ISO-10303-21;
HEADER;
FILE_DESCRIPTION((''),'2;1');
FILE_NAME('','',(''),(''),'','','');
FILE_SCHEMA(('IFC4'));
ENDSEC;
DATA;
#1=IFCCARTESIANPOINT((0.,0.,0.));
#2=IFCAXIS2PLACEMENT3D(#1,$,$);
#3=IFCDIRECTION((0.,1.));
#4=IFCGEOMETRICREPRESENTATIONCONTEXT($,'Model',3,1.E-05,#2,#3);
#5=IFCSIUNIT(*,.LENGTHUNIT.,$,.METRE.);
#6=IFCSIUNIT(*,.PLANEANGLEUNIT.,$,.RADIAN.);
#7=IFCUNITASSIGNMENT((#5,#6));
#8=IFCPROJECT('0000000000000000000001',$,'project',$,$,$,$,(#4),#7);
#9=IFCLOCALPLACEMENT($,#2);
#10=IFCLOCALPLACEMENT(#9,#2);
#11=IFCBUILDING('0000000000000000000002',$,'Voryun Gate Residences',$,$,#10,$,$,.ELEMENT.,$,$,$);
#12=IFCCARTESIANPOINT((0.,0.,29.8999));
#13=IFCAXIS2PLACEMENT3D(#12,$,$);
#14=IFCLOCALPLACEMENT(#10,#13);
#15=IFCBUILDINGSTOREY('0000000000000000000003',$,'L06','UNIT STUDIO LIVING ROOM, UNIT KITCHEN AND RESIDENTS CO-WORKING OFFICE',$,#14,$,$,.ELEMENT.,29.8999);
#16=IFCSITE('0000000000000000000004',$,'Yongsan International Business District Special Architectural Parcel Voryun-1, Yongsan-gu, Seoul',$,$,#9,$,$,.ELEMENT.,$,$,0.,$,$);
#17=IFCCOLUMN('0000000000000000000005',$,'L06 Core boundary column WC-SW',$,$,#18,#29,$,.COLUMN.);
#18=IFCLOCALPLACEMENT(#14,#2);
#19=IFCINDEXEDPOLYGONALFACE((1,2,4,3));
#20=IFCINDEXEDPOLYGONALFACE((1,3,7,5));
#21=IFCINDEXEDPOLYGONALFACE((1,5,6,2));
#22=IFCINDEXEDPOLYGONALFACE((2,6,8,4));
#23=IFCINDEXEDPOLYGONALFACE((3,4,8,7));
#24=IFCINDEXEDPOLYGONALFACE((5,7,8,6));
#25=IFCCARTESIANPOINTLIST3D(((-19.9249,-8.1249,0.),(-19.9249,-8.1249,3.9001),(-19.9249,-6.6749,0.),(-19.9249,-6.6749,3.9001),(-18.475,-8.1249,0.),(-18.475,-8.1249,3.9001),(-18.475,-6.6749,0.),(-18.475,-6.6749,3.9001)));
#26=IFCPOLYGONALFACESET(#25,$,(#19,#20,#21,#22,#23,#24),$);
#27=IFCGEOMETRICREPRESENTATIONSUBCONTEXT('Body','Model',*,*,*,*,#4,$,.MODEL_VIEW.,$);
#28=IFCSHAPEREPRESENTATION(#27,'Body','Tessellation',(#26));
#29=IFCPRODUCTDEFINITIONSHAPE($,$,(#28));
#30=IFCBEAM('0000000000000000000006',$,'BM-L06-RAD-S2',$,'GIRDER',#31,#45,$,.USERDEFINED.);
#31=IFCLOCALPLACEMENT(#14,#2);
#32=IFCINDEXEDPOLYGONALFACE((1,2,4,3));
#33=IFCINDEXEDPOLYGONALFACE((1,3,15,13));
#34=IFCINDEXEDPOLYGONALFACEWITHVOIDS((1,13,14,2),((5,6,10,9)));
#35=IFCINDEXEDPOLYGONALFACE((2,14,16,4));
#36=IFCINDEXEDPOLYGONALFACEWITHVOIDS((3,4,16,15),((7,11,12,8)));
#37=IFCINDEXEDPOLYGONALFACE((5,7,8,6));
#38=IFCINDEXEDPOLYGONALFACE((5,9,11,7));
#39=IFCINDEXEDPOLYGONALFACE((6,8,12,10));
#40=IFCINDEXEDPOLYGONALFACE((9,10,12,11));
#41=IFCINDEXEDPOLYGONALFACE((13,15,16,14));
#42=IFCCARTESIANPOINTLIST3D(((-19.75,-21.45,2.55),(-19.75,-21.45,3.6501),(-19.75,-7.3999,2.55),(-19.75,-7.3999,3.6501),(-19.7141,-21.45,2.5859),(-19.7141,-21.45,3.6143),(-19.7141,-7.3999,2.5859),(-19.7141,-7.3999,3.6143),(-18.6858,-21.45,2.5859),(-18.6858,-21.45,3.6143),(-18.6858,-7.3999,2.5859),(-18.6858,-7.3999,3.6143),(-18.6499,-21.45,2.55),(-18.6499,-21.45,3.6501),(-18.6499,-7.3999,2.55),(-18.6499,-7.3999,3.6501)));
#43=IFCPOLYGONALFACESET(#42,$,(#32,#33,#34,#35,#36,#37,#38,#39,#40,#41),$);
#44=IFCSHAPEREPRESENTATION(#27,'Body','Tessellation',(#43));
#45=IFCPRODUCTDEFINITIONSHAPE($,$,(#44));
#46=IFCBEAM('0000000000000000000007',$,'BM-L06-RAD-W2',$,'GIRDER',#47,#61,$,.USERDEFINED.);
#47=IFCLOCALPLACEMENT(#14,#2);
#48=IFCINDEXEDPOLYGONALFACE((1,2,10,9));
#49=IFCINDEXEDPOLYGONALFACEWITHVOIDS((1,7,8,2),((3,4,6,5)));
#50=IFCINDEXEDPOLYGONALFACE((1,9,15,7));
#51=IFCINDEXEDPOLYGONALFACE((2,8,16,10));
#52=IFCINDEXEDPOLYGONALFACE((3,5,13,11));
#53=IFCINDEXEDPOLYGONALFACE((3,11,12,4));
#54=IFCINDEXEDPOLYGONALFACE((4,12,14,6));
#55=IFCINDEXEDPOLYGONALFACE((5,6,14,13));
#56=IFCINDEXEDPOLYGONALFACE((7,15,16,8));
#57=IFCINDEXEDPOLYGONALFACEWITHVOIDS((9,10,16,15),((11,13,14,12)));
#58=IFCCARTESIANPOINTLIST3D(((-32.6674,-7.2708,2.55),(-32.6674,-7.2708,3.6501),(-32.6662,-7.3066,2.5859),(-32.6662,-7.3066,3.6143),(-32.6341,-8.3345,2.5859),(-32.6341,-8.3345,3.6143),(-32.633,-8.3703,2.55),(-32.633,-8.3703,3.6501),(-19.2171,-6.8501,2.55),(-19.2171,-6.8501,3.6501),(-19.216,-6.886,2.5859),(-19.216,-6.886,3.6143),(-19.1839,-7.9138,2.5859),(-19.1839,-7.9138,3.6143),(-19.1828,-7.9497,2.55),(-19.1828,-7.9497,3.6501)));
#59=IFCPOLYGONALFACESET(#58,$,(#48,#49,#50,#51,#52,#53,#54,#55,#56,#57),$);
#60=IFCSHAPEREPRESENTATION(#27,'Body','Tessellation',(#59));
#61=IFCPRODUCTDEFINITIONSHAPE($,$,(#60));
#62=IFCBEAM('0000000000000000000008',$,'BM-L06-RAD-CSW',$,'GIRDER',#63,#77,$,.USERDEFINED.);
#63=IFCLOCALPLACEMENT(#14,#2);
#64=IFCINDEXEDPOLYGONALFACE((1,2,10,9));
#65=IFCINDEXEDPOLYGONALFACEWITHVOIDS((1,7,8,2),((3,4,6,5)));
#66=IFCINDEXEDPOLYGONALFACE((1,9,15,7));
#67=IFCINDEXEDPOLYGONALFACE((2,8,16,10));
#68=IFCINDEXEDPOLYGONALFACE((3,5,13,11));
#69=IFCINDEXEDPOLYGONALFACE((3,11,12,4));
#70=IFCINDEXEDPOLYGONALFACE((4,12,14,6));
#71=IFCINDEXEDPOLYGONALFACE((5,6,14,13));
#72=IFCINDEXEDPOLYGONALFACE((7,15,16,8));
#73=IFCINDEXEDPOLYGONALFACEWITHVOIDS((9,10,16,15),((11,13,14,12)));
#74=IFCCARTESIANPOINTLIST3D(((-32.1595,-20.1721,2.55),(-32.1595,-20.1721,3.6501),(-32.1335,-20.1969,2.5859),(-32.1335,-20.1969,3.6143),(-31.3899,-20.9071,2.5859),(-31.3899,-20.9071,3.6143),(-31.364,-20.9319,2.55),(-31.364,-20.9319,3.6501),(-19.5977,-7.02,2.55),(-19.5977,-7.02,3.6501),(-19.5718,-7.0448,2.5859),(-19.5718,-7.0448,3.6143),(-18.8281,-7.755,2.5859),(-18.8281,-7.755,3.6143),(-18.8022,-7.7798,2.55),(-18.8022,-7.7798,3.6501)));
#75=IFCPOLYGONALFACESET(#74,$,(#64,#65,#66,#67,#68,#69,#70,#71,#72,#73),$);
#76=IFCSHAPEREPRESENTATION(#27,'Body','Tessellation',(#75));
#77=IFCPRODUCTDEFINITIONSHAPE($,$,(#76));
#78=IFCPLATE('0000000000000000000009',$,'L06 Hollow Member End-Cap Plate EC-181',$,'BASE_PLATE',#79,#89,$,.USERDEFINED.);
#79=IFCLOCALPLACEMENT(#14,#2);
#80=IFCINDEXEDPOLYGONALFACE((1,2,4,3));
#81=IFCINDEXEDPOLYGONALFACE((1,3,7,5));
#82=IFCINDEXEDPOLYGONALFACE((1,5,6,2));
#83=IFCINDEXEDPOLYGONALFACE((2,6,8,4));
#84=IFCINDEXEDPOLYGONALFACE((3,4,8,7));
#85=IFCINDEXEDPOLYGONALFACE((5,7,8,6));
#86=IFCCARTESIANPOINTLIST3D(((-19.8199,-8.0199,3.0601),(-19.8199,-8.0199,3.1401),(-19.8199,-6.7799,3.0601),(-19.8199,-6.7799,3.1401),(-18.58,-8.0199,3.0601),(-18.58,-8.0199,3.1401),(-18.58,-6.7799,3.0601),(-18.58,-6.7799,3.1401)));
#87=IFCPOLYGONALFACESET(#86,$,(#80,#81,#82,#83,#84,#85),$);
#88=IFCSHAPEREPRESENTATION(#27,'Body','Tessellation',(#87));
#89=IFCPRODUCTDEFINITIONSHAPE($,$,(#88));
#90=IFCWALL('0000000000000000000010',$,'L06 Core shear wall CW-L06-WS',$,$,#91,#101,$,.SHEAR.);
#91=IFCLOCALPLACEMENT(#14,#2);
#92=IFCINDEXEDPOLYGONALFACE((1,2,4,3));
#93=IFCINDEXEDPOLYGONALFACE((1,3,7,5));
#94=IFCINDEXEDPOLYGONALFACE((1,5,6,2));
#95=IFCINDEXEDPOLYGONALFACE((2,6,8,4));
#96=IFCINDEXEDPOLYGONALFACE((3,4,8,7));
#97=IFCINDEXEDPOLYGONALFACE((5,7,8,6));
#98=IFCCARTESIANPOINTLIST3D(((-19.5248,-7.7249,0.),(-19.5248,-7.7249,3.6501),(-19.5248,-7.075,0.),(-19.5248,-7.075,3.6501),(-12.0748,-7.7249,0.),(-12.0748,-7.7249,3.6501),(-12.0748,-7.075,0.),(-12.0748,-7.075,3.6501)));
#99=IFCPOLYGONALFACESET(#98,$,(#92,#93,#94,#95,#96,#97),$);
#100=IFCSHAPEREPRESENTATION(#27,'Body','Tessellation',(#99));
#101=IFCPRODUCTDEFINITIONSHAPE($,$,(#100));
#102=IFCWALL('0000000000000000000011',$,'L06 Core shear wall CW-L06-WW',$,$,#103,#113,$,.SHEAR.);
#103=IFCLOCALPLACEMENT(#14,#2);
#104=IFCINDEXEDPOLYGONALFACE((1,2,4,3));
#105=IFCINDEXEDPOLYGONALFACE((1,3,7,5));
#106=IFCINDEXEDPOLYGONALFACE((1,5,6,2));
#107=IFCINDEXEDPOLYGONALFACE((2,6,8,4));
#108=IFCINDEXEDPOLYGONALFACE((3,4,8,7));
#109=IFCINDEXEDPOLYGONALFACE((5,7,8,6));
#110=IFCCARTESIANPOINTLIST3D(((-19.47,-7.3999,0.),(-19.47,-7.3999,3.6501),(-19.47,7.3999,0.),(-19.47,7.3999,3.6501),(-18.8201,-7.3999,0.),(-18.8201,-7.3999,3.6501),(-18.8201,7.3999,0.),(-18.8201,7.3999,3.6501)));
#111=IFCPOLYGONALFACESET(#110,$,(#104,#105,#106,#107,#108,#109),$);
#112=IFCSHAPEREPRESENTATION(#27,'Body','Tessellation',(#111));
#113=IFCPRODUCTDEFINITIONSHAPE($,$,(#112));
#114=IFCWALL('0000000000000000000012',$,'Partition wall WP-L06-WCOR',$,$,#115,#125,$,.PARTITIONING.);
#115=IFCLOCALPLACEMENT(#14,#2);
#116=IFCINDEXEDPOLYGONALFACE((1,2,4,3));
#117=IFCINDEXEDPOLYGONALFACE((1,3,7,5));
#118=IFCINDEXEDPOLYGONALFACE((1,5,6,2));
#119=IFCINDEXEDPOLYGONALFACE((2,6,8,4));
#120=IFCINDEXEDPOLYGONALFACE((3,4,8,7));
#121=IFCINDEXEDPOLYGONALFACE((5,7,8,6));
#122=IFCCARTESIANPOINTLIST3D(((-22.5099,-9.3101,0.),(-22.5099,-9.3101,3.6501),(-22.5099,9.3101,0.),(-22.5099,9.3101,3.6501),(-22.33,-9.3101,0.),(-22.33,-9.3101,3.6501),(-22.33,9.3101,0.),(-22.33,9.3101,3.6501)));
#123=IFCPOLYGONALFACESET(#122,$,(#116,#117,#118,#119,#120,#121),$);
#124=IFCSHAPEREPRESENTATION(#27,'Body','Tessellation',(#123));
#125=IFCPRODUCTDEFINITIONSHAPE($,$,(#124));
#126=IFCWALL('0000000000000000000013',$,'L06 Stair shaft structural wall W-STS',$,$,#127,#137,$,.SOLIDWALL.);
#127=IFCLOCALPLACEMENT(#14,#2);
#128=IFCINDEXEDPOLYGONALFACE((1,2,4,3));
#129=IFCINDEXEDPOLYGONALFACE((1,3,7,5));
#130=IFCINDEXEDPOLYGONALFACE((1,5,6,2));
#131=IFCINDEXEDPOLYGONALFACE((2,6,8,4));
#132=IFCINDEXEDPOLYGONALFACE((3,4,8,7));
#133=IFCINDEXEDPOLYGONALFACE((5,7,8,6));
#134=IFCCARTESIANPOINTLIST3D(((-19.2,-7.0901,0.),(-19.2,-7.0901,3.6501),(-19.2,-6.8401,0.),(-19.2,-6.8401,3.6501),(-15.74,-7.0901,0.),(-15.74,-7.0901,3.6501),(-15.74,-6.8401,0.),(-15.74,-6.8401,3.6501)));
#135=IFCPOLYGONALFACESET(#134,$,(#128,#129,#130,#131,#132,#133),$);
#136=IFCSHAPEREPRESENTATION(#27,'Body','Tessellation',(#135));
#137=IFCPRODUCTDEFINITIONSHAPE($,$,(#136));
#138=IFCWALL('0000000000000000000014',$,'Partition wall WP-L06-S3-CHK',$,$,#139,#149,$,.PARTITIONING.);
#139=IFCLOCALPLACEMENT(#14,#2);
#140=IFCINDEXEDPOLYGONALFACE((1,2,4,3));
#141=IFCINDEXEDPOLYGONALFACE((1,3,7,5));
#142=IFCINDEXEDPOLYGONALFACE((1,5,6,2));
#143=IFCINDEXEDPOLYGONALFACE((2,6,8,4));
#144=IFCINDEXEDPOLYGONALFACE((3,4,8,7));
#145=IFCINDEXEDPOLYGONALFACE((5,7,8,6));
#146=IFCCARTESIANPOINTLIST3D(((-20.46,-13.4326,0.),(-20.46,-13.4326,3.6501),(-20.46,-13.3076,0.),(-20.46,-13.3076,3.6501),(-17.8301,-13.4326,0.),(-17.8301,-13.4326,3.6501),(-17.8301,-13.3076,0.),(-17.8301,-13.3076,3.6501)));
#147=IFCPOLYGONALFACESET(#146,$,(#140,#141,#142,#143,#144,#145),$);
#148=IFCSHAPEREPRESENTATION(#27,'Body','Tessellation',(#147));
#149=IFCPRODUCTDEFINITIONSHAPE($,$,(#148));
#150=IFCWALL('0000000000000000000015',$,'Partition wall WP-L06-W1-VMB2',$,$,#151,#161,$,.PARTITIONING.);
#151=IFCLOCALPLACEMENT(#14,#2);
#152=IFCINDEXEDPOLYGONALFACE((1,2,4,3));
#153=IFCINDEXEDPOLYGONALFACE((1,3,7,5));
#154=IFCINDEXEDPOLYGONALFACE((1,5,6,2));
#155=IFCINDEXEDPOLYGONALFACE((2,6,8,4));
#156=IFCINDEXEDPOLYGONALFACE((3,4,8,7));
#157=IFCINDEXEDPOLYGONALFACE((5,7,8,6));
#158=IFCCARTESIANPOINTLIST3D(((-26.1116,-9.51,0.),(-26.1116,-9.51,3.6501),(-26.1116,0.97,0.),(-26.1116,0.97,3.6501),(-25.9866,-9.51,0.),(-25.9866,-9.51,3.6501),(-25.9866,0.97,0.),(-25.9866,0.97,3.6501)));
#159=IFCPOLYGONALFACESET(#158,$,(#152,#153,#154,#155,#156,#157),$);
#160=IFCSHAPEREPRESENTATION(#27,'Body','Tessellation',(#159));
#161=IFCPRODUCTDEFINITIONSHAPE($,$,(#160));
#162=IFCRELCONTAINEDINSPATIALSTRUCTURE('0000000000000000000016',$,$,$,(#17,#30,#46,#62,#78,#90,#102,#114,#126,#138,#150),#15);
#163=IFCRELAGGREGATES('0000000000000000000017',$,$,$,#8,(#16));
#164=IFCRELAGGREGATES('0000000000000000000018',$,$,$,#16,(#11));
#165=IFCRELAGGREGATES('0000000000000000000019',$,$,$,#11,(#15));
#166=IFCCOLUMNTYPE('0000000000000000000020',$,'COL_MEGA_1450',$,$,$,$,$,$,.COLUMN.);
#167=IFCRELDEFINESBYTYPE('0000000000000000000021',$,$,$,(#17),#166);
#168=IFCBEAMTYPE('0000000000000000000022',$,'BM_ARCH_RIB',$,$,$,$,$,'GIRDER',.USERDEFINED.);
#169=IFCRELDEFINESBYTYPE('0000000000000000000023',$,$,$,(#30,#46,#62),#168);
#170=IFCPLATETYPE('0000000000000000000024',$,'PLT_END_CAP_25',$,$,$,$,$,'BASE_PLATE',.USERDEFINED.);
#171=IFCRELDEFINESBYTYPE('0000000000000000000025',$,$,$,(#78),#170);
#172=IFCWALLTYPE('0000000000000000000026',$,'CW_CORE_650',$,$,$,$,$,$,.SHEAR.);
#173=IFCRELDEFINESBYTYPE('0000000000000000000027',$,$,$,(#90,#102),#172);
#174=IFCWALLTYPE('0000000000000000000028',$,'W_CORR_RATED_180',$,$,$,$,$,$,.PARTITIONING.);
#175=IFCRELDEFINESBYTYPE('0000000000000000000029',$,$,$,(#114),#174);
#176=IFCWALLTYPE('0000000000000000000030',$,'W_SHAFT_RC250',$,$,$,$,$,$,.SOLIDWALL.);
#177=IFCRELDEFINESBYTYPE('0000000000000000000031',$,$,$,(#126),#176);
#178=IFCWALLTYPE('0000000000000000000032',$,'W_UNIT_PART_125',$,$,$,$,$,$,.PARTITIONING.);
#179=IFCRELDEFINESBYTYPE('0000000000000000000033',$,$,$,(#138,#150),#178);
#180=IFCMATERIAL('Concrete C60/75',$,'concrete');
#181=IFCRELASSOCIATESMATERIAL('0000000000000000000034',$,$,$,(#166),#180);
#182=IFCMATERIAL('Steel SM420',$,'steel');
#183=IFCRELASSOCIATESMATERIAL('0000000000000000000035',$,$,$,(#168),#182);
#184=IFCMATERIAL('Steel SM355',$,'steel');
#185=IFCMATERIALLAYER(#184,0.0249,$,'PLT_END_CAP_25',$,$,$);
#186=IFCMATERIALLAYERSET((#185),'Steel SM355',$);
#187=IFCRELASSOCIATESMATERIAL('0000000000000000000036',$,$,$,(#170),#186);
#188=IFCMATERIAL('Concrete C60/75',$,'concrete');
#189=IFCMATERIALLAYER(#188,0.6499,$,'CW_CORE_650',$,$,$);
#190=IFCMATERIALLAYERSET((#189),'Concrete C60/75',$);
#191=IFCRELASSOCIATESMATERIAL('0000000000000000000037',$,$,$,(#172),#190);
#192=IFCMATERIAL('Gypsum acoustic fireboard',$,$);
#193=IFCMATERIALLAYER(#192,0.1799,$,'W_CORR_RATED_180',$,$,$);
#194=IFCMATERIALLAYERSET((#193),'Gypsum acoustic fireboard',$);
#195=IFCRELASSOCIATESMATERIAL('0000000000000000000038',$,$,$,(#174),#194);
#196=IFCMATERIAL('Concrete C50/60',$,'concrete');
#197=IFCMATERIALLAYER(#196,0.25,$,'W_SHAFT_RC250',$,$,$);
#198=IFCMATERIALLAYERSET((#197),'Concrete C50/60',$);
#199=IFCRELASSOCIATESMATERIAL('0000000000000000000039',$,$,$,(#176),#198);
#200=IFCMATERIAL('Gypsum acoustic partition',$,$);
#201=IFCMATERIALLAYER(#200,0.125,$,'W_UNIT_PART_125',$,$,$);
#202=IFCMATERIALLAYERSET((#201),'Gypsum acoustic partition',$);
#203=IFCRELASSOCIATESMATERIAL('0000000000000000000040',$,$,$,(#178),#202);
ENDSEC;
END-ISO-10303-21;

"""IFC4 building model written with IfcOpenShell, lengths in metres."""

from ifc_helpers import new_model, si_unit, direction, frame, frame_2d, origin, origin_2d, place, context, subcontext, project, spatial, rectangle, hollow_rectangle, extrude, material, layer, layer_set, material_profile, profile_set, type_object, element, save


model = new_model("IFC4")

# Units and contexts
model_context = context("Model", 3, precision=1e-05, world=origin(), true_north=direction((0.0, 1.0)))
body_context = subcontext(model_context, "Body", "Model", "MODEL_VIEW")
ifc_project = project(units=[si_unit("LENGTHUNIT", "METRE"), si_unit("PLANEANGLEUNIT", "RADIAN")], contexts=[model_context])

# Site, building, storey
site_placement = place(None, origin())
site = spatial("IfcSite", under=ifc_project, at=site_placement, Name="Yongsan International Business District Special Architectural Parcel Voryun-1, Yongsan-gu, Seoul", CompositionType="ELEMENT", RefElevation=0.0)
building_placement = place(site_placement, origin())
building = spatial("IfcBuilding", under=site, at=building_placement, Name="Voryun Gate Residences", CompositionType="ELEMENT")
storey_placement = place(building_placement, frame((0.0, 0.0, 29.8999)))
storey = spatial("IfcBuildingStorey", under=building, at=storey_placement, Name="L06", Description="UNIT STUDIO LIVING ROOM, UNIT KITCHEN AND RESIDENTS CO-WORKING OFFICE", CompositionType="ELEMENT", Elevation=29.8999)

# Column
ifc_material_1 = material(Name="Concrete C60/75", Category="concrete")
ifc_material_profile_1 = material_profile(ifc_material_1, rectangle(XDim=1.45, YDim=1.45, at=origin_2d()), Name="RC-1450x1450")
ifc_profile_set_1 = profile_set([ifc_material_profile_1], Name="Concrete C60/75")
column_type = type_object("IfcColumnType", Name="COL_MEGA_1450", PredefinedType="COLUMN", material=ifc_profile_set_1)
column_placement = place(storey_placement, frame((-19.2, -7.3999, 0.0), z_axis=(0.0, 0.0, 1.0), x_axis=(1.0, 0.0, 0.0)))
element("IfcColumn", 1, at=column_placement, inside=storey, type_object=column_type, Name="L06 Core boundary column WC-SW", PredefinedType="COLUMN", context=body_context, shape_type="SweptSolid", body=[
    extrude(rectangle(XDim=1.45, YDim=1.45, at=origin_2d()), origin(), (0.0, 0.0, 1.0), 3.9001),
])

# Beams
ifc_material_2 = material(Name="Steel SM420", Category="steel")
ifc_material_profile_2 = material_profile(ifc_material_2, hollow_rectangle(XDim=1.1001, YDim=1.1001, WallThickness=0.0359, at=origin_2d()), Name="BOX-1100x1100x36")
ifc_profile_set_2 = profile_set([ifc_material_profile_2], Name="Steel SM420")
beam_type = type_object("IfcBeamType", Name="BM_ARCH_RIB", ElementType="GIRDER", PredefinedType="USERDEFINED", material=ifc_profile_set_2)
beam_1_placement = place(storey_placement, frame((-19.2, -7.3999, 3.1001), z_axis=(0.0, -1.0, 0.0), x_axis=(1.0, 0.0, 0.0)))
element("IfcBeam", 2, at=beam_1_placement, inside=storey, type_object=beam_type, Name="BM-L06-RAD-S2", ObjectType="GIRDER", PredefinedType="USERDEFINED", context=body_context, shape_type="SweptSolid", body=[
    extrude(hollow_rectangle(XDim=1.1001, YDim=1.1001, WallThickness=0.0359, at=origin_2d()), origin(), (0.0, 0.0, 1.0), 14.05),
])
beam_2_placement = place(storey_placement, frame((-19.2, -7.3999, 3.1001), z_axis=(-0.999511, -0.03126, 0.0), x_axis=(0.03126, -0.999511, 0.0)))
element("IfcBeam", 3, at=beam_2_placement, inside=storey, type_object=beam_type, Name="BM-L06-RAD-W2", ObjectType="GIRDER", PredefinedType="USERDEFINED", context=body_context, shape_type="SweptSolid", body=[
    extrude(hollow_rectangle(XDim=1.1001, YDim=1.1001, WallThickness=0.0359, at=origin_2d()), origin(), (0.0, 0.0, 1.0), 13.4568),
])
beam_3_placement = place(storey_placement, frame((-19.2, -7.3999, 3.1001), z_axis=(-0.690691, -0.72315, 0.0), x_axis=(0.72315, -0.690691, 0.0)))
element("IfcBeam", 4, at=beam_3_placement, inside=storey, type_object=beam_type, Name="BM-L06-RAD-CSW", ObjectType="GIRDER", PredefinedType="USERDEFINED", context=body_context, shape_type="SweptSolid", body=[
    extrude(hollow_rectangle(XDim=1.1001, YDim=1.1001, WallThickness=0.0359, at=origin_2d()), origin(), (0.0, 0.0, 1.0), 18.1873),
])

# Plate
ifc_material_3 = material(Name="Steel SM355", Category="steel")
ifc_layer_1 = layer(ifc_material_3, 0.0249, Name="PLT_END_CAP_25")
ifc_layer_set_1 = layer_set([ifc_layer_1], Name="Steel SM355")
plate_type = type_object("IfcPlateType", Name="PLT_END_CAP_25", ElementType="BASE_PLATE", PredefinedType="USERDEFINED", material=ifc_layer_set_1)
plate_placement = place(storey_placement, frame((-19.2, -7.3999, 3.0601), z_axis=(0.0, 0.0, 1.0), x_axis=(1.0, 0.0, 0.0)))
element("IfcPlate", 5, at=plate_placement, inside=storey, type_object=plate_type, Name="L06 Hollow Member End-Cap Plate EC-181", ObjectType="BASE_PLATE", PredefinedType="USERDEFINED", context=body_context, shape_type="SweptSolid", body=[
    extrude(rectangle(XDim=1.24, YDim=1.24, at=origin_2d()), origin(), (0.0, 0.0, 1.0), 0.0801),
])

# Walls
ifc_material_4 = material(Name="Concrete C60/75", Category="concrete")
ifc_layer_2 = layer(ifc_material_4, 0.6499, Name="CW_CORE_650")
ifc_layer_set_2 = layer_set([ifc_layer_2], Name="Concrete C60/75")
wall_type_1 = type_object("IfcWallType", Name="CW_CORE_650", PredefinedType="SHEAR", material=ifc_layer_set_2)
wall_1_placement = place(storey_placement, frame((-19.5249, -7.3999, 0.0), z_axis=(0.0, 0.0, 1.0), x_axis=(1.0, 0.0, 0.0)))
element("IfcWall", 6, at=wall_1_placement, inside=storey, type_object=wall_type_1, Name="L06 Core shear wall CW-L06-WS", PredefinedType="SHEAR", context=body_context, shape_type="SweptSolid", body=[
    extrude(rectangle(XDim=7.45, YDim=0.6499, at=frame_2d((3.7251, 0.0))), origin(), (0.0, 0.0, 1.0), 3.6501),
])
wall_2_placement = place(storey_placement, frame((-19.145, -7.3999, 0.0), z_axis=(0.0, 0.0, 1.0), x_axis=(0.0, 1.0, 0.0)))
element("IfcWall", 7, at=wall_2_placement, inside=storey, type_object=wall_type_1, Name="L06 Core shear wall CW-L06-WW", PredefinedType="SHEAR", context=body_context, shape_type="SweptSolid", body=[
    extrude(rectangle(XDim=14.7998, YDim=0.6499, at=frame_2d((7.3999, 0.0))), origin(), (0.0, 0.0, 1.0), 3.6501),
])
ifc_material_5 = material(Name="Gypsum acoustic fireboard")
ifc_layer_3 = layer(ifc_material_5, 0.1799, Name="W_CORR_RATED_180")
ifc_layer_set_3 = layer_set([ifc_layer_3], Name="Gypsum acoustic fireboard")
wall_type_2 = type_object("IfcWallType", Name="W_CORR_RATED_180", PredefinedType="PARTITIONING", material=ifc_layer_set_3)
wall_3_placement = place(storey_placement, frame((-22.4199, -9.3101, 0.0), z_axis=(0.0, 0.0, 1.0), x_axis=(0.0, 1.0, 0.0)))
element("IfcWall", 8, at=wall_3_placement, inside=storey, type_object=wall_type_2, Name="Partition wall WP-L06-WCOR", PredefinedType="PARTITIONING", context=body_context, shape_type="SweptSolid", body=[
    extrude(rectangle(XDim=18.6201, YDim=0.1799, at=frame_2d((9.3101, 0.0))), origin(), (0.0, 0.0, 1.0), 3.6501),
])
ifc_material_6 = material(Name="Concrete C50/60", Category="concrete")
ifc_layer_4 = layer(ifc_material_6, 0.25, Name="W_SHAFT_RC250")
ifc_layer_set_4 = layer_set([ifc_layer_4], Name="Concrete C50/60")
wall_type_3 = type_object("IfcWallType", Name="W_SHAFT_RC250", PredefinedType="SOLIDWALL", material=ifc_layer_set_4)
wall_4_placement = place(storey_placement, frame((-19.2, -6.9651, 0.0), z_axis=(0.0, 0.0, 1.0), x_axis=(1.0, 0.0, 0.0)))
element("IfcWall", 9, at=wall_4_placement, inside=storey, type_object=wall_type_3, Name="L06 Stair shaft structural wall W-STS", PredefinedType="SOLIDWALL", context=body_context, shape_type="SweptSolid", body=[
    extrude(rectangle(XDim=3.46, YDim=0.25, at=frame_2d((1.73, 0.0))), origin(), (0.0, 0.0, 1.0), 3.6501),
])
ifc_material_7 = material(Name="Gypsum acoustic partition")
ifc_layer_5 = layer(ifc_material_7, 0.125, Name="W_UNIT_PART_125")
ifc_layer_set_5 = layer_set([ifc_layer_5], Name="Gypsum acoustic partition")
wall_type_4 = type_object("IfcWallType", Name="W_UNIT_PART_125", PredefinedType="PARTITIONING", material=ifc_layer_set_5)
wall_5_placement = place(storey_placement, frame((-20.46, -13.3701, 0.0), z_axis=(0.0, 0.0, 1.0), x_axis=(1.0, 0.0, 0.0)))
element("IfcWall", 10, at=wall_5_placement, inside=storey, type_object=wall_type_4, Name="Partition wall WP-L06-S3-CHK", PredefinedType="PARTITIONING", context=body_context, shape_type="SweptSolid", body=[
    extrude(rectangle(XDim=2.6299, YDim=0.125, at=frame_2d((1.3149, 0.0))), origin(), (0.0, 0.0, 1.0), 3.6501),
])
wall_6_placement = place(storey_placement, frame((-26.0491, -9.51, 0.0), z_axis=(0.0, 0.0, 1.0), x_axis=(0.0, 1.0, 0.0)))
element("IfcWall", 11, at=wall_6_placement, inside=storey, type_object=wall_type_4, Name="Partition wall WP-L06-W1-VMB2", PredefinedType="PARTITIONING", context=body_context, shape_type="SweptSolid", body=[
    extrude(rectangle(XDim=10.48, YDim=0.125, at=frame_2d((5.24, 0.0))), origin(), (0.0, 0.0, 1.0), 3.6501),
])

save(model, "model.ifc")
